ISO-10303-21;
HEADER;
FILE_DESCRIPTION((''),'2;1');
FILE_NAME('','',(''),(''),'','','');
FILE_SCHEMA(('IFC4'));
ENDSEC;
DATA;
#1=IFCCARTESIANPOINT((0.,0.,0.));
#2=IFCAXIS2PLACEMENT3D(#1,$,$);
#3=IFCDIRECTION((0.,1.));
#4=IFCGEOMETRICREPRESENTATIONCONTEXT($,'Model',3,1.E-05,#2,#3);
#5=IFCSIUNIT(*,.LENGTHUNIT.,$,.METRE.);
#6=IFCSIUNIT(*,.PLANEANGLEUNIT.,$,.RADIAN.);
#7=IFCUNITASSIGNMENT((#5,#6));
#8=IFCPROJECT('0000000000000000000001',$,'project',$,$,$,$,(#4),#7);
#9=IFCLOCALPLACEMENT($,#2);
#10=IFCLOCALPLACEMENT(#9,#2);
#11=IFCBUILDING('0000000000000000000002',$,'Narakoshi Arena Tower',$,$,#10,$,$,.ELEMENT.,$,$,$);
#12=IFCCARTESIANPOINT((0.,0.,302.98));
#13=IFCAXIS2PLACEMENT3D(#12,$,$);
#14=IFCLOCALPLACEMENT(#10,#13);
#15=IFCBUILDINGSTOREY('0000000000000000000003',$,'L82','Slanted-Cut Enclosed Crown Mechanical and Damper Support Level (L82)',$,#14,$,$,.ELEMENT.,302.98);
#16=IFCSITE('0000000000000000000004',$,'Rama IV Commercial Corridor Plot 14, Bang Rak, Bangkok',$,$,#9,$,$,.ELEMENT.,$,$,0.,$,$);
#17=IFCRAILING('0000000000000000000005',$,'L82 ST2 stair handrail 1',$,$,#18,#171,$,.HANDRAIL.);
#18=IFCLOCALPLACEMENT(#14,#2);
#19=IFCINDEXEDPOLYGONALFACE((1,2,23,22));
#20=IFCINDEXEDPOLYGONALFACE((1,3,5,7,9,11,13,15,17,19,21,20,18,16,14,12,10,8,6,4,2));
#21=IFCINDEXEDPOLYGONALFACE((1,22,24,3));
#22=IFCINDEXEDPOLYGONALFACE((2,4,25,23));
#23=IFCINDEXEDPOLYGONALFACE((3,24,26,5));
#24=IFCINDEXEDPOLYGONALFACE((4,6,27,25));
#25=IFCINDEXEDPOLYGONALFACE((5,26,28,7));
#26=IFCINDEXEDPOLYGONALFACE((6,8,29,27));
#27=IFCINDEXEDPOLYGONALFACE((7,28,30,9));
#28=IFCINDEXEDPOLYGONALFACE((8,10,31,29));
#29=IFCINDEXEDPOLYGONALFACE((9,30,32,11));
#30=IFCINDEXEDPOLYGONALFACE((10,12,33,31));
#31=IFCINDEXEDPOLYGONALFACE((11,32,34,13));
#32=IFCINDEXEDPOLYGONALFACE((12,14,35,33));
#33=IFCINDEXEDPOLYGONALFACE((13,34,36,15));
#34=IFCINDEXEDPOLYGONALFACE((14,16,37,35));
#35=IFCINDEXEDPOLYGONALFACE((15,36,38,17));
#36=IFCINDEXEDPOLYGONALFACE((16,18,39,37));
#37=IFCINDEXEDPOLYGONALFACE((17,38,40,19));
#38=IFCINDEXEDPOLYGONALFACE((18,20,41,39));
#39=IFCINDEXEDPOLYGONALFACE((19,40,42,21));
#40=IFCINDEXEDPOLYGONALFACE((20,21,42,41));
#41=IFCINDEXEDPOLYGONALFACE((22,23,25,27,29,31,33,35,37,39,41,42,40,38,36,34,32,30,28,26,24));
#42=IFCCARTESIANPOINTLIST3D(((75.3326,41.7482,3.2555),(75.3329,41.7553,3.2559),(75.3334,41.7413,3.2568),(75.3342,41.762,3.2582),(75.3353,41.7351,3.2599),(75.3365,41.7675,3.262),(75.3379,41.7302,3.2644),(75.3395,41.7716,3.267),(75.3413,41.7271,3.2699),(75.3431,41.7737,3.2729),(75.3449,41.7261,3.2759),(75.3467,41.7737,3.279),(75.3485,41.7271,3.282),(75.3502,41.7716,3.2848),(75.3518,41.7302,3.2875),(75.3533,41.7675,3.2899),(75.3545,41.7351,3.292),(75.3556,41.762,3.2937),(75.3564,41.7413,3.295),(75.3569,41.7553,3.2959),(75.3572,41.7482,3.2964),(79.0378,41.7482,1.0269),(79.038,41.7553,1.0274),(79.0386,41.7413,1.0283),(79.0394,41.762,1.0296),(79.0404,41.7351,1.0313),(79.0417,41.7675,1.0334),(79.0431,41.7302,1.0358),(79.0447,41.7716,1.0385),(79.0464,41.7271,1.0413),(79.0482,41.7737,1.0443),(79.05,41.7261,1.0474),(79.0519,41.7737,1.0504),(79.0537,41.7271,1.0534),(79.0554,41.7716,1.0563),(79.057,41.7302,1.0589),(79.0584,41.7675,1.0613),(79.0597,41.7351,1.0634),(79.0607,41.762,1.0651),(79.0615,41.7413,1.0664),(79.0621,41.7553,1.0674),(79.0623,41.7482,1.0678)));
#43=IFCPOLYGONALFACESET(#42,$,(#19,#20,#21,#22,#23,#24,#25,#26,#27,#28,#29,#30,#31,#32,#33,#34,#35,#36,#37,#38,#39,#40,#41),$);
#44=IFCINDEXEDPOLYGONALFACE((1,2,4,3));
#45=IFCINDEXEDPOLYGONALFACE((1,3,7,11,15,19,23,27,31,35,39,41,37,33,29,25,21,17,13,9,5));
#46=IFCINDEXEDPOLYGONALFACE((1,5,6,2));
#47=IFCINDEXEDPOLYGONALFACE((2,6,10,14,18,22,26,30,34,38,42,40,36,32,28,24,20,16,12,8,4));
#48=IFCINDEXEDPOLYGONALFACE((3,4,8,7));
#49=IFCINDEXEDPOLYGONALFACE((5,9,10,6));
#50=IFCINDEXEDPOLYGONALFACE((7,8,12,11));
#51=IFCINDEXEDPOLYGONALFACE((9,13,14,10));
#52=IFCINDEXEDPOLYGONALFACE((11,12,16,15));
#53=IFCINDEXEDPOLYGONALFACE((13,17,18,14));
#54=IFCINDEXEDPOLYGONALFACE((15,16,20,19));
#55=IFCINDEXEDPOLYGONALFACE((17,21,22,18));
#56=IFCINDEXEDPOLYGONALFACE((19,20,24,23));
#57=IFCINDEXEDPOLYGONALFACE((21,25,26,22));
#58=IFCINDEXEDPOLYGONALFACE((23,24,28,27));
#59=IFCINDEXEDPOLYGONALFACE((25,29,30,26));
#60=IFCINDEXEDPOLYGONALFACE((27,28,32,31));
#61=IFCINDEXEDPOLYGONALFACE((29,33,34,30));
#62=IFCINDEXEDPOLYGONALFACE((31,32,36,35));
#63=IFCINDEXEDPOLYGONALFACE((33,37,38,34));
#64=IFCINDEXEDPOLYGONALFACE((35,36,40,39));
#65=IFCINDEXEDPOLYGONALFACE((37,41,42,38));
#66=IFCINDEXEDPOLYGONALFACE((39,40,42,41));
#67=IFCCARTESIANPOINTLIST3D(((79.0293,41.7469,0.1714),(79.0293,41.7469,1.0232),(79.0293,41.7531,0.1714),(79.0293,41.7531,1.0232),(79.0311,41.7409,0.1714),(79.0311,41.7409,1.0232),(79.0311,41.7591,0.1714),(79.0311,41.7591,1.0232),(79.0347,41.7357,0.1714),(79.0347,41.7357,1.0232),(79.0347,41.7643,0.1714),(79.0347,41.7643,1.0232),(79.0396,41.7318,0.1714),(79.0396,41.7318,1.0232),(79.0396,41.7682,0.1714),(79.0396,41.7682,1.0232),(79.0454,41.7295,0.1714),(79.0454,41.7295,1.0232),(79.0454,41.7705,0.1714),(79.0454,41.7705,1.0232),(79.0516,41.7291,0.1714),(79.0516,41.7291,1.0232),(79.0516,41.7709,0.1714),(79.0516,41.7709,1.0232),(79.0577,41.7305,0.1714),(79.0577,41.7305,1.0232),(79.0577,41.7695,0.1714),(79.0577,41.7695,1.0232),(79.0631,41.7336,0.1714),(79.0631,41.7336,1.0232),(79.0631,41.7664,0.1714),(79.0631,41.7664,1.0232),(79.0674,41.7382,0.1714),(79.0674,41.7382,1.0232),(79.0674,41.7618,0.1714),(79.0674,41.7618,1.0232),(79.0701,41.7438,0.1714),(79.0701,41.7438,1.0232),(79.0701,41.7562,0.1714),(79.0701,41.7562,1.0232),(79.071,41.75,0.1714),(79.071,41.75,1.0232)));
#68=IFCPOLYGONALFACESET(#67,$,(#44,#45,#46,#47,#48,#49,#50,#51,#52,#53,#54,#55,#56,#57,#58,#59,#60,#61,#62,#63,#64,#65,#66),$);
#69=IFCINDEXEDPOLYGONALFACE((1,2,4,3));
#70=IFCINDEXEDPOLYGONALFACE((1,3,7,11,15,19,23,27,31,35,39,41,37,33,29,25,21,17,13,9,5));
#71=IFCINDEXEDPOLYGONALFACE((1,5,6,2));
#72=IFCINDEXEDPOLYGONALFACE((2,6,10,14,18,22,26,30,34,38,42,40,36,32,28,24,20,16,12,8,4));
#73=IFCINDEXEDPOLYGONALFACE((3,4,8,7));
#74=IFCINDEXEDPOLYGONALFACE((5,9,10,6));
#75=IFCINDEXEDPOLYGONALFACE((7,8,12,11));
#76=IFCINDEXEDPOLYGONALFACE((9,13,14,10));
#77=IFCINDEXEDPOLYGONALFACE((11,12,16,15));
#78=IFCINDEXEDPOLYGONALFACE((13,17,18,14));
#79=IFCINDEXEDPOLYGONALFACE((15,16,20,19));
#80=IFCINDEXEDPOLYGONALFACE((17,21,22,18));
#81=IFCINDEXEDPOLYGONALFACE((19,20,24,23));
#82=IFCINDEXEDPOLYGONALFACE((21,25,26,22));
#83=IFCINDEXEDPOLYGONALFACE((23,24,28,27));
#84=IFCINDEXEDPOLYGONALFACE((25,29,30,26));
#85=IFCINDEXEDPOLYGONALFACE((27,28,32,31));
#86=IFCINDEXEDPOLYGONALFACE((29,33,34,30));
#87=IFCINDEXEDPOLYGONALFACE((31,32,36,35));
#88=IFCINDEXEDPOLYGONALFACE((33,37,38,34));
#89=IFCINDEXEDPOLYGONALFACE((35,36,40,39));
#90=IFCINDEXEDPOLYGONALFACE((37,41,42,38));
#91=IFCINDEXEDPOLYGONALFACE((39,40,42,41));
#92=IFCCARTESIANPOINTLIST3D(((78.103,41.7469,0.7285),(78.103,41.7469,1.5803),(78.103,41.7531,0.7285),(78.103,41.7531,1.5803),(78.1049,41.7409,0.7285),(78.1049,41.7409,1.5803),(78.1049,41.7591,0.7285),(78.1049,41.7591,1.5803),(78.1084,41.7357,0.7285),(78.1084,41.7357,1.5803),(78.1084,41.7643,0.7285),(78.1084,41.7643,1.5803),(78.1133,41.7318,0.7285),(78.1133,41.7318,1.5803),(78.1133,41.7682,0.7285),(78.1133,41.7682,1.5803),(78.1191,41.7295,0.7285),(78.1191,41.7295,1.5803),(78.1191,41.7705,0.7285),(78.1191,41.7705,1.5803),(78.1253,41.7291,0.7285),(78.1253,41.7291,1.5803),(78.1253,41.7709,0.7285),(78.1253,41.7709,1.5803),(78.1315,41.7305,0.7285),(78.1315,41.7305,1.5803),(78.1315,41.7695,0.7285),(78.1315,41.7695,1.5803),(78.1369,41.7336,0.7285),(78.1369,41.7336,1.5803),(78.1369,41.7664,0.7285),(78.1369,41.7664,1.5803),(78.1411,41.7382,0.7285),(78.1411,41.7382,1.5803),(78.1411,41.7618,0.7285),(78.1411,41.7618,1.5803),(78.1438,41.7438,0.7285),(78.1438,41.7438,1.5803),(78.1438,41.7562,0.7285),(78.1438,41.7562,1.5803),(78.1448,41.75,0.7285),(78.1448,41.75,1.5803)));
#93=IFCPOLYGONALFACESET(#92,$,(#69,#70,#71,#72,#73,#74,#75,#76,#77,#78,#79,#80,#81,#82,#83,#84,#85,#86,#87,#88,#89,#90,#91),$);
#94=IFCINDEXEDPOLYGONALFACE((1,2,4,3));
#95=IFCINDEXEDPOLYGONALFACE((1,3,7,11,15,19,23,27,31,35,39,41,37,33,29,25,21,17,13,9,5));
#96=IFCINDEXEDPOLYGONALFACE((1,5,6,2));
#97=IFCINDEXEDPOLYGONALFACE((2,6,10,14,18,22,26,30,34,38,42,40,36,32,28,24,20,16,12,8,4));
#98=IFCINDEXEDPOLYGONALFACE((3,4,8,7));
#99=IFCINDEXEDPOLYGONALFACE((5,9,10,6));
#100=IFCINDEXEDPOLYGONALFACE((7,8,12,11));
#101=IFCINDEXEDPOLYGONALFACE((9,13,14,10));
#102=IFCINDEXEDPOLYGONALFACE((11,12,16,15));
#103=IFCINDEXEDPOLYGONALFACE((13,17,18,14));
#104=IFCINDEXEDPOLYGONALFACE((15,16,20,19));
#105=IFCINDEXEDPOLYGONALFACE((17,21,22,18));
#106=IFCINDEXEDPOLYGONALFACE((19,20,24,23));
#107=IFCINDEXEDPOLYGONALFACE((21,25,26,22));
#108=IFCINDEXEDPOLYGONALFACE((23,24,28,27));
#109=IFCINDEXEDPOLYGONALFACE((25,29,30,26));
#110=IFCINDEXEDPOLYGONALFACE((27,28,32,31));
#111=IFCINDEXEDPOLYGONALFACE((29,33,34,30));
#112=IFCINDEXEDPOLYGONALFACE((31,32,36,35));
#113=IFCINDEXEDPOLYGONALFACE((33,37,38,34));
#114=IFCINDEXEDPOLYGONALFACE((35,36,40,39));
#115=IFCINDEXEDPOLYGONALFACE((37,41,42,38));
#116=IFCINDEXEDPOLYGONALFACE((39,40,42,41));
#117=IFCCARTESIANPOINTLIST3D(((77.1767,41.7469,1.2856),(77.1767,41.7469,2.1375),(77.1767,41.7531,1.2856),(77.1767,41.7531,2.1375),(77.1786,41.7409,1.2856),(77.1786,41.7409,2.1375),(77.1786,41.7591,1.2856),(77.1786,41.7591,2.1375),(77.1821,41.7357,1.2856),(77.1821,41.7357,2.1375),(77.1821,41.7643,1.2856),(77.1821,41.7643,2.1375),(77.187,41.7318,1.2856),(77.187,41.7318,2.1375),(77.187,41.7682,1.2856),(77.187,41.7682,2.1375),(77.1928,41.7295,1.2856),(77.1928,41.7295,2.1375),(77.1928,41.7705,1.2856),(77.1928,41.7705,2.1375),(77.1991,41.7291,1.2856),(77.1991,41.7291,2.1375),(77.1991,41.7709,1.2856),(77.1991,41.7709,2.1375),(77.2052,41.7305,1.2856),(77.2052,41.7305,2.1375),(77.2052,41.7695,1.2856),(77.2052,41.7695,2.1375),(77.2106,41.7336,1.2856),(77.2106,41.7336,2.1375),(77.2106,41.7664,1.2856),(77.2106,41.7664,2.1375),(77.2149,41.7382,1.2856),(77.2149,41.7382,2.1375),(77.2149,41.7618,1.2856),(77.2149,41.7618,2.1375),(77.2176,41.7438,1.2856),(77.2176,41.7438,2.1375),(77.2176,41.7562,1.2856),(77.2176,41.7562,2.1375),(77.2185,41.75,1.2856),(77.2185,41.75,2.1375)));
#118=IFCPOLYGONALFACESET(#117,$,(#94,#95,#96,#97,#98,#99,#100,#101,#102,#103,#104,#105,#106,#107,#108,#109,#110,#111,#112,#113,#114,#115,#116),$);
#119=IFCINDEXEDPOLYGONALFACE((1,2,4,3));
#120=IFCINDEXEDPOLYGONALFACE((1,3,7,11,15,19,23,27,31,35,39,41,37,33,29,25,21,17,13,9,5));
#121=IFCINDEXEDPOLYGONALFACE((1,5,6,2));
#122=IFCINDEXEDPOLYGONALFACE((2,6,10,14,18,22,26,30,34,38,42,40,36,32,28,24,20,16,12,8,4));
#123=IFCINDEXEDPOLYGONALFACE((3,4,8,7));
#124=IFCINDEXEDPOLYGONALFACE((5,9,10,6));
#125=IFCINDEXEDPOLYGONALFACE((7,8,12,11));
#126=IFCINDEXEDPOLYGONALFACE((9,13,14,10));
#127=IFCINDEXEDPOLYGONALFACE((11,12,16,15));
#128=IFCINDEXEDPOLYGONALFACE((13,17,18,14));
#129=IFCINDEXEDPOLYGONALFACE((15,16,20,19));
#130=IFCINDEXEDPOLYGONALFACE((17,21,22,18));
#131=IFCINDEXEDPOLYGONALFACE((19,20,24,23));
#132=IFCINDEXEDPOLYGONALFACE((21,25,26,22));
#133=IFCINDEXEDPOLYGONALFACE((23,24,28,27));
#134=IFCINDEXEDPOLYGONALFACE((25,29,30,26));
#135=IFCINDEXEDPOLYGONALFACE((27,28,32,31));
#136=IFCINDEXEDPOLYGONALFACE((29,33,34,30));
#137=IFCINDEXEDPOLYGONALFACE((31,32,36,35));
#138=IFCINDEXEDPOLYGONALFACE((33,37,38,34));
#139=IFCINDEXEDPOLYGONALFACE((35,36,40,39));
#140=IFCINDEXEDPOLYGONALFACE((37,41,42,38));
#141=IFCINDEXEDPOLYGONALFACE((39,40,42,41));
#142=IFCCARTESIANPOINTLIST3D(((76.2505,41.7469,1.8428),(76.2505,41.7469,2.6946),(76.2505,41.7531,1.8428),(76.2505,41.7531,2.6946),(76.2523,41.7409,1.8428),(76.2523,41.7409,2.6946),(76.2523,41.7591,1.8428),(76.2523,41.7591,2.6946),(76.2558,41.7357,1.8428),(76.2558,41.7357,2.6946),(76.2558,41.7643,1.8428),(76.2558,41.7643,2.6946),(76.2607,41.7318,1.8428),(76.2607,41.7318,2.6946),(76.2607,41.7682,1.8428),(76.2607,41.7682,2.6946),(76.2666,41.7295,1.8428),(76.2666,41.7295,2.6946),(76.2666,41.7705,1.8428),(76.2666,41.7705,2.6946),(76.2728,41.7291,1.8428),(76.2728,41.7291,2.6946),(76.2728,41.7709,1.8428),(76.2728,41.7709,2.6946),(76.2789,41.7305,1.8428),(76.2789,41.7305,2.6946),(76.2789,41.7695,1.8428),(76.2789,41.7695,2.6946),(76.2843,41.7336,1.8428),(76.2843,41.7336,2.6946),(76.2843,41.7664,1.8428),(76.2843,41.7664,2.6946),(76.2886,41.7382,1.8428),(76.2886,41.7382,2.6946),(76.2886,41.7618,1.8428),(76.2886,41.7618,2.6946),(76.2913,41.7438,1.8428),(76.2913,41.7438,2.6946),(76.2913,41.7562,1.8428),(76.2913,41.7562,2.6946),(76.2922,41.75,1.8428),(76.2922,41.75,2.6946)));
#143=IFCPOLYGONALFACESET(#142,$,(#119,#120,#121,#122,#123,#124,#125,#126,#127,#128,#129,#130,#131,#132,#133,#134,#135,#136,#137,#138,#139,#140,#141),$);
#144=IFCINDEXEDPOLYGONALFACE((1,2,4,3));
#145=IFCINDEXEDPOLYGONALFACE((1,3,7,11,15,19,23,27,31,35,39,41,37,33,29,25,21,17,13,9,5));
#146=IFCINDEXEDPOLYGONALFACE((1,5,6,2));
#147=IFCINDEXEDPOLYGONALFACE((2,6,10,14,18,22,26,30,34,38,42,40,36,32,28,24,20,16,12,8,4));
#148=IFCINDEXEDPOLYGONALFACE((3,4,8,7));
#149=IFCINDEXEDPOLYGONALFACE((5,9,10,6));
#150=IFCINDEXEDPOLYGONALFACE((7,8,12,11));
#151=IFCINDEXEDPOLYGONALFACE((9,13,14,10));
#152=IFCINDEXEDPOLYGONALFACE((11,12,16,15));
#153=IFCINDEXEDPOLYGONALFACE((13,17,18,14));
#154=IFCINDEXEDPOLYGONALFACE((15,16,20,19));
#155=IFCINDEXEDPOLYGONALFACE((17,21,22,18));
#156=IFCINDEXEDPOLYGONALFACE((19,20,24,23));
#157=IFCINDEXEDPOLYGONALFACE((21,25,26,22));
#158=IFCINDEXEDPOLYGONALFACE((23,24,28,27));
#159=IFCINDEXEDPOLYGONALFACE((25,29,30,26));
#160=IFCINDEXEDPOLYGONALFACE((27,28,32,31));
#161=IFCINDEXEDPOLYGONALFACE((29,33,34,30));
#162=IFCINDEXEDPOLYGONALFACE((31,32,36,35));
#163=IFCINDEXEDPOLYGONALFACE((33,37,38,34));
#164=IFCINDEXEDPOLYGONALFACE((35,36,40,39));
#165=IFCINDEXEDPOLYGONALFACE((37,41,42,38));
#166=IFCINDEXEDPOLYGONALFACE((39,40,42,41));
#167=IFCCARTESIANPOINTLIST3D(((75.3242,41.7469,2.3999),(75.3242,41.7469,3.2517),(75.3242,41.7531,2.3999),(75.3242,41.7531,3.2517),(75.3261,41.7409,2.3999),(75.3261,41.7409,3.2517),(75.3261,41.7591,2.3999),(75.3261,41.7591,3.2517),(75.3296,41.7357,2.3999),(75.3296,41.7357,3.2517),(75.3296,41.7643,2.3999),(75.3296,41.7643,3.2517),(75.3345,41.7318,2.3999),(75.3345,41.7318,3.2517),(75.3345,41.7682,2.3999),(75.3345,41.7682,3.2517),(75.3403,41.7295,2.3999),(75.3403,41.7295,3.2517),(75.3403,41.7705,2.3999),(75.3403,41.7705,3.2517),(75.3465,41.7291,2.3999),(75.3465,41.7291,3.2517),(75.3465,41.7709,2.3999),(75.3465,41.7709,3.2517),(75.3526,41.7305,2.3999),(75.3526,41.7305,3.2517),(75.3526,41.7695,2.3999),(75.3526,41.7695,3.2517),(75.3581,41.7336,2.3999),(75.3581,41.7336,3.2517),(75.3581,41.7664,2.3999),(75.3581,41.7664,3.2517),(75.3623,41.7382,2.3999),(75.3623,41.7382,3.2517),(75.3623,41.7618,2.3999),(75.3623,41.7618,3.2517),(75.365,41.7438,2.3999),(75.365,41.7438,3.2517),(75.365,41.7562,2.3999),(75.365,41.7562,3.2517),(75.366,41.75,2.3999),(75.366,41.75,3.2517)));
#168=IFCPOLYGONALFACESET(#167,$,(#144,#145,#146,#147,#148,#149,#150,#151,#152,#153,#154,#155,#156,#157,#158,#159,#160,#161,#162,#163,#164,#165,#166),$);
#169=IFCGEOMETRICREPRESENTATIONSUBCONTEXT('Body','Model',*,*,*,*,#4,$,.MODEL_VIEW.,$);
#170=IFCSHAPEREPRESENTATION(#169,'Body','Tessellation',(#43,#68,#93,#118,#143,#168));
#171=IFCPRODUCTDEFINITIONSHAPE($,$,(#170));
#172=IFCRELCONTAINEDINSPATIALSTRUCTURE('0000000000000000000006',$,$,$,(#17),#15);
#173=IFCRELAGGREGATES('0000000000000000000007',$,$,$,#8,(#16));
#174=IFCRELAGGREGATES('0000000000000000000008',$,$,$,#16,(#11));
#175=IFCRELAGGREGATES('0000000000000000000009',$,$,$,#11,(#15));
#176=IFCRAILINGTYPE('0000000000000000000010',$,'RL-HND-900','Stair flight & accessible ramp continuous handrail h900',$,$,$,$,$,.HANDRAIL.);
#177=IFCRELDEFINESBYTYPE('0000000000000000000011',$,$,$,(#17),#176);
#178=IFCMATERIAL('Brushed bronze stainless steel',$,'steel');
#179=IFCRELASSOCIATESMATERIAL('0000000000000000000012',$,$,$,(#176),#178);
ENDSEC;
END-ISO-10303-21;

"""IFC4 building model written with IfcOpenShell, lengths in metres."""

from ifc_helpers import new_model, si_unit, direction, frame, origin, origin_2d, place, context, subcontext, project, spatial, circle, extrude, material, type_object, element, save


model = new_model("IFC4")

# Units and contexts
model_context = context("Model", 3, precision=1e-05, world=origin(), true_north=direction((0.0, 1.0)))
body_context = subcontext(model_context, "Body", "Model", "MODEL_VIEW")
ifc_project = project(units=[si_unit("LENGTHUNIT", "METRE"), si_unit("PLANEANGLEUNIT", "RADIAN")], contexts=[model_context])

# Site, building, storey
site_placement = place(None, origin())
site = spatial("IfcSite", under=ifc_project, at=site_placement, Name="Rama IV Commercial Corridor Plot 14, Bang Rak, Bangkok", CompositionType="ELEMENT", RefElevation=0.0)
building_placement = place(site_placement, origin())
building = spatial("IfcBuilding", under=site, at=building_placement, Name="Narakoshi Arena Tower", CompositionType="ELEMENT")
storey_placement = place(building_placement, frame((0.0, 0.0, 302.98)))
storey = spatial("IfcBuildingStorey", under=building, at=storey_placement, Name="L82", Description="Slanted-Cut Enclosed Crown Mechanical and Damper Support Level (L82)", CompositionType="ELEMENT", Elevation=302.98)

# Shared definitions
ifc_material_1 = material(Name="Brushed bronze stainless steel", Category="steel")

# Railing
railing_type_1 = type_object("IfcRailingType", Name="RL-HND-900", Description="Stair flight & accessible ramp continuous handrail h900", PredefinedType="HANDRAIL", material=ifc_material_1)
railing_1_placement = place(storey_placement, frame((79.05, 41.75, 0.1714)))
element("IfcRailing", 1, at=railing_1_placement, inside=storey, type_object=railing_type_1, Name="L82 ST2 stair handrail 1", PredefinedType="HANDRAIL", context=body_context, shape_type="SweptSolid", body=[
    extrude(circle(Radius=0.0239, at=origin_2d()), frame((0.0, 0.0, 0.876), z_axis=(-0.856934, 0.0, 0.515425), x_axis=(0.0, -1.0, 0.0)), (0.0, 0.0, 1.0), 4.3237),
    extrude(circle(Radius=0.021, at=origin_2d()), origin(), (0.0, 0.0, 1.0), 0.8518),
    extrude(circle(Radius=0.021, at=origin_2d()), frame((-0.9263, 0.0, 0.5571)), (0.0, 0.0, 1.0), 0.8518),
    extrude(circle(Radius=0.021, at=origin_2d()), frame((-1.8525, 0.0, 1.1143)), (0.0, 0.0, 1.0), 0.8518),
    extrude(circle(Radius=0.021, at=origin_2d()), frame((-2.7788, 0.0, 1.6714)), (0.0, 0.0, 1.0), 0.8518),
    extrude(circle(Radius=0.021, at=origin_2d()), frame((-3.7051, 0.0, 2.2285)), (0.0, 0.0, 1.0), 0.8518),
])

save(model, "model.ifc")
